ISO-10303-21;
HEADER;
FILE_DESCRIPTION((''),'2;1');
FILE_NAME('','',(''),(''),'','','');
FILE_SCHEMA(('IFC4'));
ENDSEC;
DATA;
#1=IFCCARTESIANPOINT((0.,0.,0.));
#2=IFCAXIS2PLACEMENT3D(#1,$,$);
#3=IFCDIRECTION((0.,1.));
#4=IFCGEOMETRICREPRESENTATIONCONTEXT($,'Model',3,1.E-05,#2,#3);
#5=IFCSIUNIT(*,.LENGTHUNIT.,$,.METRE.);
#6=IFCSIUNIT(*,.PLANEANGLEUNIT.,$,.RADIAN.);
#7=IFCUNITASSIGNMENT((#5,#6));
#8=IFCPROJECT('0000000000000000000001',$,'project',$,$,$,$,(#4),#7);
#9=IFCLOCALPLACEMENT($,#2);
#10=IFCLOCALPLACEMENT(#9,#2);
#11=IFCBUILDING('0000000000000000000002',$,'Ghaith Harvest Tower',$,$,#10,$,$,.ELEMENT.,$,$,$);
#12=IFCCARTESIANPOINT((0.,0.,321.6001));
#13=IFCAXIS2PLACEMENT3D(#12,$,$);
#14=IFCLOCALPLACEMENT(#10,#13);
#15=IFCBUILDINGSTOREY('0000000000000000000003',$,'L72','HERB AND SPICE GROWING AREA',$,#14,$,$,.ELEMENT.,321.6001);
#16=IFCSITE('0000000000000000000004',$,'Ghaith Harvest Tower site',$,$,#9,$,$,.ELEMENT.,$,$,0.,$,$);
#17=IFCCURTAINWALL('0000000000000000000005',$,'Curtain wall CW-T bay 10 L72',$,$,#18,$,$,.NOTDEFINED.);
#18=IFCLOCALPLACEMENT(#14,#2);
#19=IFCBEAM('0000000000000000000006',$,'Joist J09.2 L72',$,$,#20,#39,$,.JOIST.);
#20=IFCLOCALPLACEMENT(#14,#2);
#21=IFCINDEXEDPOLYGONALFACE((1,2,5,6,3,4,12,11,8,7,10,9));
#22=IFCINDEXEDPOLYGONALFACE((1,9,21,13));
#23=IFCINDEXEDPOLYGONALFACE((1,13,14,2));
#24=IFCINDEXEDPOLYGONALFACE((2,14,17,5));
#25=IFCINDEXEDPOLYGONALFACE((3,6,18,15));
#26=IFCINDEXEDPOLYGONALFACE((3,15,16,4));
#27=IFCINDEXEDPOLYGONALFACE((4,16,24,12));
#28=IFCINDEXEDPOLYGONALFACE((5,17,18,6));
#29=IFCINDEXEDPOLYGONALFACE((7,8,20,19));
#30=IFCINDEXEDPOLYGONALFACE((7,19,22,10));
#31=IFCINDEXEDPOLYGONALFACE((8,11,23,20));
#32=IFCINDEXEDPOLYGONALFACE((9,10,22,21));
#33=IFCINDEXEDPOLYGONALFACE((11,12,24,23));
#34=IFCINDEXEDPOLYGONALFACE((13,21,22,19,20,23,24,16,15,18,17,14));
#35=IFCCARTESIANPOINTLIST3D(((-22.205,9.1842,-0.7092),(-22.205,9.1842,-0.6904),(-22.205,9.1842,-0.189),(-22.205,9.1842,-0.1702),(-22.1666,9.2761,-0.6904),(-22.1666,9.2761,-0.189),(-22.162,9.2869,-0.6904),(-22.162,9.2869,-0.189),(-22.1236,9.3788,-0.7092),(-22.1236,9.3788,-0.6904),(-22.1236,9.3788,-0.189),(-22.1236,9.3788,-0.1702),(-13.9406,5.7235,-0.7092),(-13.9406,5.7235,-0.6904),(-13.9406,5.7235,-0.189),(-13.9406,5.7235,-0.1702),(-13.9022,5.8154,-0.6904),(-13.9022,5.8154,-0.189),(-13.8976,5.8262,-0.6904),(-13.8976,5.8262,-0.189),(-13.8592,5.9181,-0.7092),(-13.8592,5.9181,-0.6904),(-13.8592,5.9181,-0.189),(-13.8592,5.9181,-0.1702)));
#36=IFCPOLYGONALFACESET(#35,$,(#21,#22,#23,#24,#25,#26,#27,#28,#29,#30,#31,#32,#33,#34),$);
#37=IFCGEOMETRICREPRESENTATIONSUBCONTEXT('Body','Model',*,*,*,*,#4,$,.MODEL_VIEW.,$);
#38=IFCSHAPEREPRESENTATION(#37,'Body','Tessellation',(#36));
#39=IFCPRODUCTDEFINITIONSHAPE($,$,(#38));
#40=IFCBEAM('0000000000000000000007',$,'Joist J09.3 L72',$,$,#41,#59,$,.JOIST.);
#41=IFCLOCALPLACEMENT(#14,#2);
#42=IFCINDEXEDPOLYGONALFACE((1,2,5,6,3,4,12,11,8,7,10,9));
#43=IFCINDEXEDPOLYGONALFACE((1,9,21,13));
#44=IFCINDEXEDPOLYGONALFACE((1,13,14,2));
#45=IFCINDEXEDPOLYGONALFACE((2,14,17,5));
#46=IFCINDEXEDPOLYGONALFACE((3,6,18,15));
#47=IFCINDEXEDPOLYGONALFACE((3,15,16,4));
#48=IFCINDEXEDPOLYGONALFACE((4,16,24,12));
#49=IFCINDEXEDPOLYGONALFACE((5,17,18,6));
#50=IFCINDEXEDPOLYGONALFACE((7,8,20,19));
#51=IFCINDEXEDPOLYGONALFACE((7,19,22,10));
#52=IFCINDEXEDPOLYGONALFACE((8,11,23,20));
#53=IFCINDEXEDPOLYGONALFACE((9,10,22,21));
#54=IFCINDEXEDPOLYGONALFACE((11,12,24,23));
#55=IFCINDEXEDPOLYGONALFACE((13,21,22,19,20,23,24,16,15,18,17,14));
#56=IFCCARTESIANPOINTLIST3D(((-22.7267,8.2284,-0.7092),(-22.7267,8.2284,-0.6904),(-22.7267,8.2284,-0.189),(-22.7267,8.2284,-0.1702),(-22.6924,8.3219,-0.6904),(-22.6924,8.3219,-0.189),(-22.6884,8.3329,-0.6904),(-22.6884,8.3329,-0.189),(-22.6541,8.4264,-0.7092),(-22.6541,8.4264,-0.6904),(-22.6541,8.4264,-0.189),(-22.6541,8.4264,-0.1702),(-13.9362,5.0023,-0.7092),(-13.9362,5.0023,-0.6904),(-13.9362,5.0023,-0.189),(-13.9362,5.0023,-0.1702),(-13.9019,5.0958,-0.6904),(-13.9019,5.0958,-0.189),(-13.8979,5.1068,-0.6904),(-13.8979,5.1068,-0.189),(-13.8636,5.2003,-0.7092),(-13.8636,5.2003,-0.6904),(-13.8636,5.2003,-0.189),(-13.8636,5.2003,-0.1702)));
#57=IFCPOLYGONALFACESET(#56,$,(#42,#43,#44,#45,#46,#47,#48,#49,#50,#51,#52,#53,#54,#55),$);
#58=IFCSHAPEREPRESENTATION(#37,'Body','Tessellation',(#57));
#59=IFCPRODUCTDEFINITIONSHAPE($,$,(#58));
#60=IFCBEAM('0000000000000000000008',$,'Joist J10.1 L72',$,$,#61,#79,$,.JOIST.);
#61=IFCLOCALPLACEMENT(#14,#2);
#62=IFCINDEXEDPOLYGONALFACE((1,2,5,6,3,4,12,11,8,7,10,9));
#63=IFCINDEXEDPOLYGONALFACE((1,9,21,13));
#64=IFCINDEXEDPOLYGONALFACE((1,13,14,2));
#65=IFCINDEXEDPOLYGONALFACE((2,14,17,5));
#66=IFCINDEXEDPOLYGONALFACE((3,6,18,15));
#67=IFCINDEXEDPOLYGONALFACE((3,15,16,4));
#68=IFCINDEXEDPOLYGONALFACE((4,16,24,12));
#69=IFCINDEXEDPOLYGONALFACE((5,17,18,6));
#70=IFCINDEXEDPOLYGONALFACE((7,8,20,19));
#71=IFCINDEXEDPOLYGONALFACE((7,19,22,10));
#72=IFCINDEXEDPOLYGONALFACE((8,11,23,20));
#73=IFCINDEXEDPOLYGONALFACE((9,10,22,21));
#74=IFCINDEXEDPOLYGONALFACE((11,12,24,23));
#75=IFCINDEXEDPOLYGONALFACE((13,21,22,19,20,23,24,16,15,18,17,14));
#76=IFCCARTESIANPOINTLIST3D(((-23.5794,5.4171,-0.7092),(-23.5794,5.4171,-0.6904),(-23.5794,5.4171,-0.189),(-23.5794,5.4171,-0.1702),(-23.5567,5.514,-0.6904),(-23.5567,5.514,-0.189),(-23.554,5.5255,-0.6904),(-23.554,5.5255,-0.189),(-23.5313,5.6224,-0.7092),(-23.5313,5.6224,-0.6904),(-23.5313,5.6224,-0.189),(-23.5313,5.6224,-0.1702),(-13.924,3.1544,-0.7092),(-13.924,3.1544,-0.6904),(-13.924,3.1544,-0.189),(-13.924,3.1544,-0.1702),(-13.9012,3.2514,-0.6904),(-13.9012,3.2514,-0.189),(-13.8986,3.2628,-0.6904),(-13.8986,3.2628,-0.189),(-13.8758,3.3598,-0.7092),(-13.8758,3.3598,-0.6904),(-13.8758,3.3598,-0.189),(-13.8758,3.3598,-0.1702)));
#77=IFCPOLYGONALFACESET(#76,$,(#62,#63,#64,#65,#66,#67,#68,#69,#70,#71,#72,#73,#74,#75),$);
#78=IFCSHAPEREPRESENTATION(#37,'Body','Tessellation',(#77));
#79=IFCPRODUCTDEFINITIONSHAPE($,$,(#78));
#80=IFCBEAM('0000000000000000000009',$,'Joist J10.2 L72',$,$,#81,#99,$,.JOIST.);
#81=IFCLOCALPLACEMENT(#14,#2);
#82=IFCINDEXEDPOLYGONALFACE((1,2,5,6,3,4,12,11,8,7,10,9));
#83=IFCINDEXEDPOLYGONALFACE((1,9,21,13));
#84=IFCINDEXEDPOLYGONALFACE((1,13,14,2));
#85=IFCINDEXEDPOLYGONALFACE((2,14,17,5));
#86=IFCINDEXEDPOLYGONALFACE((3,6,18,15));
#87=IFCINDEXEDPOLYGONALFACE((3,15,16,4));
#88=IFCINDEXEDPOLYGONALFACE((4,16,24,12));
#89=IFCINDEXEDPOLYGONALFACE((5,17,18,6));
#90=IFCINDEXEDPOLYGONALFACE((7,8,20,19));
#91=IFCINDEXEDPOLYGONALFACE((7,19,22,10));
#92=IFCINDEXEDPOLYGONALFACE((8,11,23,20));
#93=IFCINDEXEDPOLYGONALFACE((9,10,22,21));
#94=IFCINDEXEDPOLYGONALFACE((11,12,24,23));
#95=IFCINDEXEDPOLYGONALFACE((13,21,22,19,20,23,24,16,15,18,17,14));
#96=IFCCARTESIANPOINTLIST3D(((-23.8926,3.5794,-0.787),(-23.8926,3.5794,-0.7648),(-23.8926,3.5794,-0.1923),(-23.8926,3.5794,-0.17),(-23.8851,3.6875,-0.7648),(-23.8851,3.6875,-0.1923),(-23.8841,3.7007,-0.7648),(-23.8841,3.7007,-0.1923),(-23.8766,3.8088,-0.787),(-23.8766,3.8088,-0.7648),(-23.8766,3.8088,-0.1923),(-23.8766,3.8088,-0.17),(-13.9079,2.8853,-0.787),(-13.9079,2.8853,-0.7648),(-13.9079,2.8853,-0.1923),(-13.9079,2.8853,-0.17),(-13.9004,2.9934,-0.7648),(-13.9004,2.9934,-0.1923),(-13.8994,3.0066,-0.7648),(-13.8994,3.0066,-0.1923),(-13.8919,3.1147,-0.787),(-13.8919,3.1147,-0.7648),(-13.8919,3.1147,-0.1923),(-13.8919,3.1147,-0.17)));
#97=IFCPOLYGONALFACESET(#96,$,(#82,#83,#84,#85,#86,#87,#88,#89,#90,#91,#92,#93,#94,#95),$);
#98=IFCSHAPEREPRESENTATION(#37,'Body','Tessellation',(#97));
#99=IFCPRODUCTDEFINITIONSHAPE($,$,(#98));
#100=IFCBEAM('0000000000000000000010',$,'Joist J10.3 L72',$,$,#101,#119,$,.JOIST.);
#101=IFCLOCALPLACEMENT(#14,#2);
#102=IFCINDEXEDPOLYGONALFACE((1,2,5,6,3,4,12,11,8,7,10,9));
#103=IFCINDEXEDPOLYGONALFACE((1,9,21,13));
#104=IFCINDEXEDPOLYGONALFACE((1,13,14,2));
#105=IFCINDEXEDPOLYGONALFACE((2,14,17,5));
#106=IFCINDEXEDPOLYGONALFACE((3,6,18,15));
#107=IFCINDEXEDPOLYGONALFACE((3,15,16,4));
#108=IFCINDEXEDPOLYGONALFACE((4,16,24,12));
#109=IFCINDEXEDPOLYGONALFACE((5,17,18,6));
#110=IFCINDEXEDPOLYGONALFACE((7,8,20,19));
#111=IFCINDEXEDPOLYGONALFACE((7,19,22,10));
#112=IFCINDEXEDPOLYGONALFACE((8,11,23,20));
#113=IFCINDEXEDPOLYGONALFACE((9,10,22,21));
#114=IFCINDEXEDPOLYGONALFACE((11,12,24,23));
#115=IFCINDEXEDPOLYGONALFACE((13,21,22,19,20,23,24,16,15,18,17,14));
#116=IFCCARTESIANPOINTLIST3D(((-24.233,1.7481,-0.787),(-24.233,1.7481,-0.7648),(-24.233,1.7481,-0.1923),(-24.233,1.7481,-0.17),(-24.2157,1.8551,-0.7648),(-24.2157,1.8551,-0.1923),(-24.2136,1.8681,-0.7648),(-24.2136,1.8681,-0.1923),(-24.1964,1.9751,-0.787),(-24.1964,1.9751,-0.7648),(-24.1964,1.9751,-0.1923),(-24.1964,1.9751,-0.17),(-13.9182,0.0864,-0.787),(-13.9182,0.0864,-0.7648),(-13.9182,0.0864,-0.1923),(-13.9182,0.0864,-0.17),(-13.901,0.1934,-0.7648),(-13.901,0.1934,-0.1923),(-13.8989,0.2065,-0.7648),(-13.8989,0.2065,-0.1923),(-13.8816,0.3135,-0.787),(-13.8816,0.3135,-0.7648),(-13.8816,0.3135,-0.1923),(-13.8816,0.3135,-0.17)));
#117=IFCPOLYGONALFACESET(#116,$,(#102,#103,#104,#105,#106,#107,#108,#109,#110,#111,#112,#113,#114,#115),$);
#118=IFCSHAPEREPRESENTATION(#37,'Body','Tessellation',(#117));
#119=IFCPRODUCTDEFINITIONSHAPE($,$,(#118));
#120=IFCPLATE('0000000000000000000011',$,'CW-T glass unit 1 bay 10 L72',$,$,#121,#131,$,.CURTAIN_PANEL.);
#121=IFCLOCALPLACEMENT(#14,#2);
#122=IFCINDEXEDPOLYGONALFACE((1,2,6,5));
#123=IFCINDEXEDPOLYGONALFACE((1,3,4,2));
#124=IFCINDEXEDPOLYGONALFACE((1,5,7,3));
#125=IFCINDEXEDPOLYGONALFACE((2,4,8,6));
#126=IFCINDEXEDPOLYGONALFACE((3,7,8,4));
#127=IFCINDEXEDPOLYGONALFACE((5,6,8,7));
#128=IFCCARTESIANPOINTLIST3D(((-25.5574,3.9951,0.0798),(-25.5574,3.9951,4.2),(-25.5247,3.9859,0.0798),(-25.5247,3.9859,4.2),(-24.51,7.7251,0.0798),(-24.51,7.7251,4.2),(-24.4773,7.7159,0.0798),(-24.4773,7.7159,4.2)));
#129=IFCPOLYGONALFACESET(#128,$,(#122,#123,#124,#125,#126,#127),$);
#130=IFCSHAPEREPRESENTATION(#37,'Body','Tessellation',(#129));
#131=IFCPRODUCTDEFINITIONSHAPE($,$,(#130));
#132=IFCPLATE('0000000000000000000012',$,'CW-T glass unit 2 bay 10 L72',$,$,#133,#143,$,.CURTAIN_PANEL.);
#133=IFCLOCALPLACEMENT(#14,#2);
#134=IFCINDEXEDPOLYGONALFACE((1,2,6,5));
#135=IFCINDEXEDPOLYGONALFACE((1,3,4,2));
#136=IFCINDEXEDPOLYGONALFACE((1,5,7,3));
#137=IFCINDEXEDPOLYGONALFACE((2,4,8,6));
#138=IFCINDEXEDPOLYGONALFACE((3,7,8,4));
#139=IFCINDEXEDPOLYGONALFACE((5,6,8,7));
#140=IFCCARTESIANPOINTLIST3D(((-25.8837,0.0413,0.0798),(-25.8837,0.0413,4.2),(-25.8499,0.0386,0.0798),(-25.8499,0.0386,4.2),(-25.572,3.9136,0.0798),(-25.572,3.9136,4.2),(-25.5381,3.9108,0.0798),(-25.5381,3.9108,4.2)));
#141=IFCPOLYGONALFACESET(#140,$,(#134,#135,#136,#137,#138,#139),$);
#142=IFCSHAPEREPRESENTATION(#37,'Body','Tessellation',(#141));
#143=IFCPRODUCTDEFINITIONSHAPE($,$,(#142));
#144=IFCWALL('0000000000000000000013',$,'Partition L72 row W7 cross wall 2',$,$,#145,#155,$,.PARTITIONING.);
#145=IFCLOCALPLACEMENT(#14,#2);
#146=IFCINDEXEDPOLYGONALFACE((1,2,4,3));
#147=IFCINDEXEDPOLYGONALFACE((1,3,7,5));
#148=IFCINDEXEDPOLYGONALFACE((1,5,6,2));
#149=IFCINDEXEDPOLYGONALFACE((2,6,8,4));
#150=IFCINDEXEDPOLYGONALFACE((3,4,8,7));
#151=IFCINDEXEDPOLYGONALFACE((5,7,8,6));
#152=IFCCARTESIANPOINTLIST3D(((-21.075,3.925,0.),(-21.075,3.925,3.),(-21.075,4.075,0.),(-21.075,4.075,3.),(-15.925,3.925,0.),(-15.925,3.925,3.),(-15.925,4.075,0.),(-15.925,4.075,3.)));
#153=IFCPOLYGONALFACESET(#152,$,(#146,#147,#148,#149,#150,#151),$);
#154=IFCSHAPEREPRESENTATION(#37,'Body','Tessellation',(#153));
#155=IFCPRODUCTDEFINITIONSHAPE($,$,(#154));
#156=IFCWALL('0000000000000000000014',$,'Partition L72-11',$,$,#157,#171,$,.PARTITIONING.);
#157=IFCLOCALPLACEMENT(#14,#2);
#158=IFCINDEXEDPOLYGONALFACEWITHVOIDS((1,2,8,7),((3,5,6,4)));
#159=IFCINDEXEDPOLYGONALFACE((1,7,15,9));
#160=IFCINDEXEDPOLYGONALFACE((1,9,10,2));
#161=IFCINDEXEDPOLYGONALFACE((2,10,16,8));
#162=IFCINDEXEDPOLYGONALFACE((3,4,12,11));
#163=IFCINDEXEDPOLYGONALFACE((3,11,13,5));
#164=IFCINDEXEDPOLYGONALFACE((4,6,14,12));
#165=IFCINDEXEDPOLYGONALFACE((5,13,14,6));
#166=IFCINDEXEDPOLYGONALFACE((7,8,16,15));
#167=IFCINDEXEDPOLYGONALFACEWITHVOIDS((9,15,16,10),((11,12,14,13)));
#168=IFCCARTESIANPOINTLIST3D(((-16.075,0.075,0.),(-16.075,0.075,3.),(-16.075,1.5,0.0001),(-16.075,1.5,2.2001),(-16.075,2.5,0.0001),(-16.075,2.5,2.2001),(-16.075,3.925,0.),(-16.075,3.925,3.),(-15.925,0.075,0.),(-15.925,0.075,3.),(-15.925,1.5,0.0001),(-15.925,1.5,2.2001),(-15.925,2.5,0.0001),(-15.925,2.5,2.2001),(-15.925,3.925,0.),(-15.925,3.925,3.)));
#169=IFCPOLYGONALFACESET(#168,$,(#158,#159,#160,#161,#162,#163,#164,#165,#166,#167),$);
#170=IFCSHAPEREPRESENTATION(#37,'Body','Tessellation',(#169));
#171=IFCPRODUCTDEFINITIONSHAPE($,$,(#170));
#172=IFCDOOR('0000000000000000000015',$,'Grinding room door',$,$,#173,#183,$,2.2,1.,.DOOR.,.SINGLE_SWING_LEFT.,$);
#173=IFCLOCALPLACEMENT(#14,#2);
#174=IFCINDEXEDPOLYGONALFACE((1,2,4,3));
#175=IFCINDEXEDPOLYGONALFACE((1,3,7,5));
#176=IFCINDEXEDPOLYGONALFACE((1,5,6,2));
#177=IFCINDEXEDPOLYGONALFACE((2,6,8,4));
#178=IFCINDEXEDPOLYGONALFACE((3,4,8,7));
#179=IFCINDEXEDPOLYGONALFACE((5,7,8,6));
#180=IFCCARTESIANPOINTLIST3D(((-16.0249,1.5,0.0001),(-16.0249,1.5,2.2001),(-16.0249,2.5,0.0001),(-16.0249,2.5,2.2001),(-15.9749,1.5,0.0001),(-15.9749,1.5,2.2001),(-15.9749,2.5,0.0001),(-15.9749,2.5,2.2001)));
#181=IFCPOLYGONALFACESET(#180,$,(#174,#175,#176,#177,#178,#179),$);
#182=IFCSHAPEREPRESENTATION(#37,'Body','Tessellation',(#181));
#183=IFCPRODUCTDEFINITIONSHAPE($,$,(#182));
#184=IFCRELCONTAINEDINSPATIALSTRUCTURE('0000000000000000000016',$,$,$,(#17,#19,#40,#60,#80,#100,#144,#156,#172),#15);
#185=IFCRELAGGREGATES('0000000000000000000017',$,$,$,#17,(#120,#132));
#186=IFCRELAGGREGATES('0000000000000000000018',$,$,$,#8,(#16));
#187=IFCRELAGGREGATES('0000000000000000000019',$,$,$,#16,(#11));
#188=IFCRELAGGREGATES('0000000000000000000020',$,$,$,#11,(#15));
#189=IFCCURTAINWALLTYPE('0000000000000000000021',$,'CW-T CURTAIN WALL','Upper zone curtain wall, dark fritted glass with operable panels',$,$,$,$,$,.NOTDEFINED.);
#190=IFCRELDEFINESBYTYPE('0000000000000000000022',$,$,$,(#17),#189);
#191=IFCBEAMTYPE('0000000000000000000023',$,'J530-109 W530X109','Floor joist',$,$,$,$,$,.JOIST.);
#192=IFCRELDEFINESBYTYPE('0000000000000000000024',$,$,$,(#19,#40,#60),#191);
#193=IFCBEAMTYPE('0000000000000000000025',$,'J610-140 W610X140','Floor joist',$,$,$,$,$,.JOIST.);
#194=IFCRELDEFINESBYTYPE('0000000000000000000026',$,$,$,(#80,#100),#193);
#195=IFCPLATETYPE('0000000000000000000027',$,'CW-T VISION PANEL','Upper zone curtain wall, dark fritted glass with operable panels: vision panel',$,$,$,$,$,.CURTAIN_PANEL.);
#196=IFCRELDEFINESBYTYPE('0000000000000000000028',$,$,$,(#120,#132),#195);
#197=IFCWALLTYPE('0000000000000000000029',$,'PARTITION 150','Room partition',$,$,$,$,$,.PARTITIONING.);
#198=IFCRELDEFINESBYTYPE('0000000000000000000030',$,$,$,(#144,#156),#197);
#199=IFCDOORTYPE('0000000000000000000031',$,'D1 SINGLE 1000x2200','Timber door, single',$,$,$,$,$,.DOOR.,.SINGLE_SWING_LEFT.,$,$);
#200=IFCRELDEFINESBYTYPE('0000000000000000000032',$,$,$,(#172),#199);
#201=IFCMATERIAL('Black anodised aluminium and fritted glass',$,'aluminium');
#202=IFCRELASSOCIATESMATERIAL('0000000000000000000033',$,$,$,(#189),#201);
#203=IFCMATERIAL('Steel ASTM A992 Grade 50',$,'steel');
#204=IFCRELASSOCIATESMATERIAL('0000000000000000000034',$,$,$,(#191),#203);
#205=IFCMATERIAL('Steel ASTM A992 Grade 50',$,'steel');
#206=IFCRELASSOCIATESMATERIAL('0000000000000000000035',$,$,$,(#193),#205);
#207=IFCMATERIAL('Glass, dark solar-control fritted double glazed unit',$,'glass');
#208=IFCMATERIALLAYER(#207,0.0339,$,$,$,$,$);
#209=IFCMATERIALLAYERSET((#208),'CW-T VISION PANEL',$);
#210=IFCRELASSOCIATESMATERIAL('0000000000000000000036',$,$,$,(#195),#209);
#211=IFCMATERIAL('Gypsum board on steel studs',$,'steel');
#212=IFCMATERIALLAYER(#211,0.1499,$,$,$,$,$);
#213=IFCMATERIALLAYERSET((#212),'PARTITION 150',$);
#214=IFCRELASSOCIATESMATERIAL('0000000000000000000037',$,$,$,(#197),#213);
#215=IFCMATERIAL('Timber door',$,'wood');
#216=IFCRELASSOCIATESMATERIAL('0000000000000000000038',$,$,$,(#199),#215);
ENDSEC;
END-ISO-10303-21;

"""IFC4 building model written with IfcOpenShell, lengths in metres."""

from ifc_helpers import new_model, si_unit, direction, frame, frame_2d, origin, origin_2d, place, context, subcontext, project, spatial, rectangle, i_section, extrude, material, layer, layer_set, material_profile, profile_set, type_object, element, fill, aggregate, save


model = new_model("IFC4")

# Units and contexts
model_context = context("Model", 3, precision=1e-05, world=origin(), true_north=direction((0.0, 1.0)))
body_context = subcontext(model_context, "Body", "Model", "MODEL_VIEW")
ifc_project = project(units=[si_unit("LENGTHUNIT", "METRE"), si_unit("PLANEANGLEUNIT", "RADIAN")], contexts=[model_context])

# Site, building, storey
site_placement = place(None, origin())
site = spatial("IfcSite", under=ifc_project, at=site_placement, Name="Ghaith Harvest Tower site", CompositionType="ELEMENT", RefElevation=0.0)
building_placement = place(site_placement, origin())
building = spatial("IfcBuilding", under=site, at=building_placement, Name="Ghaith Harvest Tower", CompositionType="ELEMENT")
storey_placement = place(building_placement, frame((0.0, 0.0, 321.6001)))
storey = spatial("IfcBuildingStorey", under=building, at=storey_placement, Name="L72", Description="HERB AND SPICE GROWING AREA", CompositionType="ELEMENT", Elevation=321.6001)

# Curtain wall
ifc_material_1 = material(Name="Black anodised aluminium and fritted glass", Category="aluminium")
curtain_wall_type = type_object("IfcCurtainWallType", Name="CW-T CURTAIN WALL", Description="Upper zone curtain wall, dark fritted glass with operable panels", PredefinedType="NOTDEFINED", material=ifc_material_1)
curtain_wall_placement = place(storey_placement, origin())
curtain_wall = element("IfcCurtainWall", 1, at=curtain_wall_placement, inside=storey, type_object=curtain_wall_type, Name="Curtain wall CW-T bay 10 L72", PredefinedType="NOTDEFINED")

# Beams
ifc_material_2 = material(Name="Steel ASTM A992 Grade 50", Category="steel")
ifc_material_profile_1 = material_profile(ifc_material_2, i_section(OverallWidth=0.2109, OverallDepth=0.5391, WebThickness=0.0117, FlangeThickness=0.0188, at=origin_2d()), Name="W530X109")
ifc_profile_set_1 = profile_set([ifc_material_profile_1], Name="Steel ASTM A992 Grade 50")
beam_type_1 = type_object("IfcBeamType", Name="J530-109 W530X109", Description="Floor joist", PredefinedType="JOIST", material=ifc_profile_set_1)
beam_1_placement = place(storey_placement, frame((-13.8999, 5.8208, -0.4397), z_axis=(-0.922394, 0.38625, 0.0), x_axis=(-0.38625, -0.922394, 0.0)))
element("IfcBeam", 2, at=beam_1_placement, inside=storey, type_object=beam_type_1, Name="Joist J09.2 L72", PredefinedType="JOIST", context=body_context, shape_type="SweptSolid", body=[
    extrude(i_section(OverallWidth=0.2109, OverallDepth=0.5391, WebThickness=0.0117, FlangeThickness=0.0188, at=origin_2d()), origin(), (0.0, 0.0, 1.0), 8.9597),
])
beam_2_placement = place(storey_placement, frame((-13.8999, 5.1013, -0.4397), z_axis=(-0.938777, 0.344526, 0.0), x_axis=(-0.344526, -0.938777, 0.0)))
element("IfcBeam", 3, at=beam_2_placement, inside=storey, type_object=beam_type_1, Name="Joist J09.3 L72", PredefinedType="JOIST", context=body_context, shape_type="SweptSolid", body=[
    extrude(i_section(OverallWidth=0.2109, OverallDepth=0.5391, WebThickness=0.0117, FlangeThickness=0.0188, at=origin_2d()), origin(), (0.0, 0.0, 1.0), 9.3638),
])
beam_3_placement = place(storey_placement, frame((-13.8999, 3.2571, -0.4397), z_axis=(-0.973623, 0.228161, 0.0), x_axis=(-0.228161, -0.973623, 0.0)))
element("IfcBeam", 4, at=beam_3_placement, inside=storey, type_object=beam_type_1, Name="Joist J10.1 L72", PredefinedType="JOIST", context=body_context, shape_type="SweptSolid", body=[
    extrude(i_section(OverallWidth=0.2109, OverallDepth=0.5391, WebThickness=0.0117, FlangeThickness=0.0188, at=origin_2d()), origin(), (0.0, 0.0, 1.0), 9.917),
])
ifc_material_3 = material(Name="Steel ASTM A992 Grade 50", Category="steel")
ifc_material_profile_2 = material_profile(ifc_material_3, i_section(OverallWidth=0.23, OverallDepth=0.6169, WebThickness=0.0132, FlangeThickness=0.0222, at=origin_2d()), Name="W610X140")
ifc_profile_set_2 = profile_set([ifc_material_profile_2], Name="Steel ASTM A992 Grade 50")
beam_type_2 = type_object("IfcBeamType", Name="J610-140 W610X140", Description="Floor joist", PredefinedType="JOIST", material=ifc_profile_set_2)
beam_4_placement = place(storey_placement, frame((-13.8999, 3.0, -0.4785), z_axis=(-0.997592, 0.069349, 0.0), x_axis=(-0.069349, -0.997592, 0.0)))
element("IfcBeam", 5, at=beam_4_placement, inside=storey, type_object=beam_type_2, Name="Joist J10.2 L72", PredefinedType="JOIST", context=body_context, shape_type="SweptSolid", body=[
    extrude(i_section(OverallWidth=0.23, OverallDepth=0.6169, WebThickness=0.0132, FlangeThickness=0.0222, at=origin_2d()), origin(), (0.0, 0.0, 1.0), 10.0088),
])
beam_5_placement = place(storey_placement, frame((-13.8999, 0.2, -0.4785), z_axis=(-0.987272, 0.159042, 0.0), x_axis=(-0.159042, -0.987272, 0.0)))
element("IfcBeam", 6, at=beam_5_placement, inside=storey, type_object=beam_type_2, Name="Joist J10.3 L72", PredefinedType="JOIST", context=body_context, shape_type="SweptSolid", body=[
    extrude(i_section(OverallWidth=0.23, OverallDepth=0.6169, WebThickness=0.0132, FlangeThickness=0.0222, at=origin_2d()), origin(), (0.0, 0.0, 1.0), 10.4478),
])

# Plates
ifc_material_4 = material(Name="Glass, dark solar-control fritted double glazed unit", Category="glass")
ifc_layer_1 = layer(ifc_material_4, 0.0339)
ifc_layer_set_1 = layer_set([ifc_layer_1], Name="CW-T VISION PANEL")
plate_type = type_object("IfcPlateType", Name="CW-T VISION PANEL", Description="Upper zone curtain wall, dark fritted glass with operable panels: vision panel", PredefinedType="CURTAIN_PANEL", material=ifc_layer_set_1)
plate_1_placement = place(storey_placement, frame((-25.0173, 5.8555, 0.0798), z_axis=(0.0, 0.0, 1.0), x_axis=(-0.270355, -0.962761, 0.0)))
plate_1 = element("IfcPlate", 7, at=plate_1_placement, type_object=plate_type, Name="CW-T glass unit 1 bay 10 L72", PredefinedType="CURTAIN_PANEL", context=body_context, shape_type="SweptSolid", body=[
    extrude(rectangle(XDim=3.8743, YDim=0.0339, at=origin_2d()), origin(), (0.0, 0.0, 1.0), 4.1201),
])
plate_2_placement = place(storey_placement, frame((-25.7109, 1.9761, 0.0798), z_axis=(0.0, 0.0, 1.0), x_axis=(-0.080258, -0.996774, 0.0)))
plate_2 = element("IfcPlate", 8, at=plate_2_placement, type_object=plate_type, Name="CW-T glass unit 2 bay 10 L72", PredefinedType="CURTAIN_PANEL", context=body_context, shape_type="SweptSolid", body=[
    extrude(rectangle(XDim=3.8848, YDim=0.0339, at=origin_2d()), origin(), (0.0, 0.0, 1.0), 4.1201),
])
aggregate(curtain_wall, [plate_1, plate_2])

# Wall
ifc_material_5 = material(Name="Gypsum board on steel studs", Category="steel")
ifc_layer_2 = layer(ifc_material_5, 0.1499)
ifc_layer_set_2 = layer_set([ifc_layer_2], Name="PARTITION 150")
wall_type_1 = type_object("IfcWallType", Name="PARTITION 150", Description="Room partition", PredefinedType="PARTITIONING", material=ifc_layer_set_2)
wall_1_placement = place(storey_placement, frame((-15.925, 4.0, 0.0), z_axis=(0.0, 0.0, 1.0), x_axis=(-1.0, 0.0, 0.0)))
element("IfcWall", 9, at=wall_1_placement, inside=storey, type_object=wall_type_1, Name="Partition L72 row W7 cross wall 2", PredefinedType="PARTITIONING", context=body_context, shape_type="SweptSolid", body=[
    extrude(rectangle(XDim=5.1499, YDim=0.1499, at=frame_2d((2.575, 0.0))), origin(), (0.0, 0.0, 1.0), 3.0),
])

# Wall, opening, door
wall_2_placement = place(storey_placement, frame((-16.0, 0.075, 0.0), z_axis=(0.0, 0.0, 1.0), x_axis=(0.0, 1.0, 0.0)))
wall_2 = element("IfcWall", 10, at=wall_2_placement, inside=storey, type_object=wall_type_1, Name="Partition L72-11", PredefinedType="PARTITIONING", context=body_context, shape_type="SweptSolid", body=[
    extrude(rectangle(XDim=3.8501, YDim=0.1499, at=frame_2d((1.925, 0.0))), origin(), (0.0, 0.0, 1.0), 3.0),
])
opening_1_placement = place(wall_2_placement, frame((1.425, 0.0, 0.0)))
opening_1 = element("IfcOpeningElement", 11, at=opening_1_placement, cuts=wall_2, PredefinedType="OPENING", context=body_context, shape_type="SweptSolid", body=[
    extrude(rectangle(XDim=1.0, YDim=2.2, at=frame_2d((0.5, 1.1001))), frame((0.0, 0.085, 0.0), z_axis=(0.0, -1.0, 0.0), x_axis=(1.0, 0.0, 0.0)), (0.0, 0.0, 1.0), 0.1699),
])
ifc_material_6 = material(Name="Timber door", Category="wood")
door_type_1 = type_object("IfcDoorType", Name="D1 SINGLE 1000x2200", Description="Timber door, single", OperationType="SINGLE_SWING_LEFT", PredefinedType="DOOR", material=ifc_material_6)
door_1_placement = place(opening_1_placement, origin())
door_1 = element("IfcDoor", 12, at=door_1_placement, inside=storey, type_object=door_type_1, Name="Grinding room door", OperationType="SINGLE_SWING_LEFT", OverallHeight=2.2, OverallWidth=1.0, PredefinedType="DOOR", context=body_context, shape_type="SweptSolid", body=[
    extrude(rectangle(XDim=1.0, YDim=2.2, at=frame_2d((0.5, 1.1001))), frame((0.0, 0.0249, 0.0), z_axis=(0.0, -1.0, 0.0), x_axis=(1.0, 0.0, 0.0)), (0.0, 0.0, 1.0), 0.05),
])
fill(opening_1, door_1)

save(model, "model.ifc")
